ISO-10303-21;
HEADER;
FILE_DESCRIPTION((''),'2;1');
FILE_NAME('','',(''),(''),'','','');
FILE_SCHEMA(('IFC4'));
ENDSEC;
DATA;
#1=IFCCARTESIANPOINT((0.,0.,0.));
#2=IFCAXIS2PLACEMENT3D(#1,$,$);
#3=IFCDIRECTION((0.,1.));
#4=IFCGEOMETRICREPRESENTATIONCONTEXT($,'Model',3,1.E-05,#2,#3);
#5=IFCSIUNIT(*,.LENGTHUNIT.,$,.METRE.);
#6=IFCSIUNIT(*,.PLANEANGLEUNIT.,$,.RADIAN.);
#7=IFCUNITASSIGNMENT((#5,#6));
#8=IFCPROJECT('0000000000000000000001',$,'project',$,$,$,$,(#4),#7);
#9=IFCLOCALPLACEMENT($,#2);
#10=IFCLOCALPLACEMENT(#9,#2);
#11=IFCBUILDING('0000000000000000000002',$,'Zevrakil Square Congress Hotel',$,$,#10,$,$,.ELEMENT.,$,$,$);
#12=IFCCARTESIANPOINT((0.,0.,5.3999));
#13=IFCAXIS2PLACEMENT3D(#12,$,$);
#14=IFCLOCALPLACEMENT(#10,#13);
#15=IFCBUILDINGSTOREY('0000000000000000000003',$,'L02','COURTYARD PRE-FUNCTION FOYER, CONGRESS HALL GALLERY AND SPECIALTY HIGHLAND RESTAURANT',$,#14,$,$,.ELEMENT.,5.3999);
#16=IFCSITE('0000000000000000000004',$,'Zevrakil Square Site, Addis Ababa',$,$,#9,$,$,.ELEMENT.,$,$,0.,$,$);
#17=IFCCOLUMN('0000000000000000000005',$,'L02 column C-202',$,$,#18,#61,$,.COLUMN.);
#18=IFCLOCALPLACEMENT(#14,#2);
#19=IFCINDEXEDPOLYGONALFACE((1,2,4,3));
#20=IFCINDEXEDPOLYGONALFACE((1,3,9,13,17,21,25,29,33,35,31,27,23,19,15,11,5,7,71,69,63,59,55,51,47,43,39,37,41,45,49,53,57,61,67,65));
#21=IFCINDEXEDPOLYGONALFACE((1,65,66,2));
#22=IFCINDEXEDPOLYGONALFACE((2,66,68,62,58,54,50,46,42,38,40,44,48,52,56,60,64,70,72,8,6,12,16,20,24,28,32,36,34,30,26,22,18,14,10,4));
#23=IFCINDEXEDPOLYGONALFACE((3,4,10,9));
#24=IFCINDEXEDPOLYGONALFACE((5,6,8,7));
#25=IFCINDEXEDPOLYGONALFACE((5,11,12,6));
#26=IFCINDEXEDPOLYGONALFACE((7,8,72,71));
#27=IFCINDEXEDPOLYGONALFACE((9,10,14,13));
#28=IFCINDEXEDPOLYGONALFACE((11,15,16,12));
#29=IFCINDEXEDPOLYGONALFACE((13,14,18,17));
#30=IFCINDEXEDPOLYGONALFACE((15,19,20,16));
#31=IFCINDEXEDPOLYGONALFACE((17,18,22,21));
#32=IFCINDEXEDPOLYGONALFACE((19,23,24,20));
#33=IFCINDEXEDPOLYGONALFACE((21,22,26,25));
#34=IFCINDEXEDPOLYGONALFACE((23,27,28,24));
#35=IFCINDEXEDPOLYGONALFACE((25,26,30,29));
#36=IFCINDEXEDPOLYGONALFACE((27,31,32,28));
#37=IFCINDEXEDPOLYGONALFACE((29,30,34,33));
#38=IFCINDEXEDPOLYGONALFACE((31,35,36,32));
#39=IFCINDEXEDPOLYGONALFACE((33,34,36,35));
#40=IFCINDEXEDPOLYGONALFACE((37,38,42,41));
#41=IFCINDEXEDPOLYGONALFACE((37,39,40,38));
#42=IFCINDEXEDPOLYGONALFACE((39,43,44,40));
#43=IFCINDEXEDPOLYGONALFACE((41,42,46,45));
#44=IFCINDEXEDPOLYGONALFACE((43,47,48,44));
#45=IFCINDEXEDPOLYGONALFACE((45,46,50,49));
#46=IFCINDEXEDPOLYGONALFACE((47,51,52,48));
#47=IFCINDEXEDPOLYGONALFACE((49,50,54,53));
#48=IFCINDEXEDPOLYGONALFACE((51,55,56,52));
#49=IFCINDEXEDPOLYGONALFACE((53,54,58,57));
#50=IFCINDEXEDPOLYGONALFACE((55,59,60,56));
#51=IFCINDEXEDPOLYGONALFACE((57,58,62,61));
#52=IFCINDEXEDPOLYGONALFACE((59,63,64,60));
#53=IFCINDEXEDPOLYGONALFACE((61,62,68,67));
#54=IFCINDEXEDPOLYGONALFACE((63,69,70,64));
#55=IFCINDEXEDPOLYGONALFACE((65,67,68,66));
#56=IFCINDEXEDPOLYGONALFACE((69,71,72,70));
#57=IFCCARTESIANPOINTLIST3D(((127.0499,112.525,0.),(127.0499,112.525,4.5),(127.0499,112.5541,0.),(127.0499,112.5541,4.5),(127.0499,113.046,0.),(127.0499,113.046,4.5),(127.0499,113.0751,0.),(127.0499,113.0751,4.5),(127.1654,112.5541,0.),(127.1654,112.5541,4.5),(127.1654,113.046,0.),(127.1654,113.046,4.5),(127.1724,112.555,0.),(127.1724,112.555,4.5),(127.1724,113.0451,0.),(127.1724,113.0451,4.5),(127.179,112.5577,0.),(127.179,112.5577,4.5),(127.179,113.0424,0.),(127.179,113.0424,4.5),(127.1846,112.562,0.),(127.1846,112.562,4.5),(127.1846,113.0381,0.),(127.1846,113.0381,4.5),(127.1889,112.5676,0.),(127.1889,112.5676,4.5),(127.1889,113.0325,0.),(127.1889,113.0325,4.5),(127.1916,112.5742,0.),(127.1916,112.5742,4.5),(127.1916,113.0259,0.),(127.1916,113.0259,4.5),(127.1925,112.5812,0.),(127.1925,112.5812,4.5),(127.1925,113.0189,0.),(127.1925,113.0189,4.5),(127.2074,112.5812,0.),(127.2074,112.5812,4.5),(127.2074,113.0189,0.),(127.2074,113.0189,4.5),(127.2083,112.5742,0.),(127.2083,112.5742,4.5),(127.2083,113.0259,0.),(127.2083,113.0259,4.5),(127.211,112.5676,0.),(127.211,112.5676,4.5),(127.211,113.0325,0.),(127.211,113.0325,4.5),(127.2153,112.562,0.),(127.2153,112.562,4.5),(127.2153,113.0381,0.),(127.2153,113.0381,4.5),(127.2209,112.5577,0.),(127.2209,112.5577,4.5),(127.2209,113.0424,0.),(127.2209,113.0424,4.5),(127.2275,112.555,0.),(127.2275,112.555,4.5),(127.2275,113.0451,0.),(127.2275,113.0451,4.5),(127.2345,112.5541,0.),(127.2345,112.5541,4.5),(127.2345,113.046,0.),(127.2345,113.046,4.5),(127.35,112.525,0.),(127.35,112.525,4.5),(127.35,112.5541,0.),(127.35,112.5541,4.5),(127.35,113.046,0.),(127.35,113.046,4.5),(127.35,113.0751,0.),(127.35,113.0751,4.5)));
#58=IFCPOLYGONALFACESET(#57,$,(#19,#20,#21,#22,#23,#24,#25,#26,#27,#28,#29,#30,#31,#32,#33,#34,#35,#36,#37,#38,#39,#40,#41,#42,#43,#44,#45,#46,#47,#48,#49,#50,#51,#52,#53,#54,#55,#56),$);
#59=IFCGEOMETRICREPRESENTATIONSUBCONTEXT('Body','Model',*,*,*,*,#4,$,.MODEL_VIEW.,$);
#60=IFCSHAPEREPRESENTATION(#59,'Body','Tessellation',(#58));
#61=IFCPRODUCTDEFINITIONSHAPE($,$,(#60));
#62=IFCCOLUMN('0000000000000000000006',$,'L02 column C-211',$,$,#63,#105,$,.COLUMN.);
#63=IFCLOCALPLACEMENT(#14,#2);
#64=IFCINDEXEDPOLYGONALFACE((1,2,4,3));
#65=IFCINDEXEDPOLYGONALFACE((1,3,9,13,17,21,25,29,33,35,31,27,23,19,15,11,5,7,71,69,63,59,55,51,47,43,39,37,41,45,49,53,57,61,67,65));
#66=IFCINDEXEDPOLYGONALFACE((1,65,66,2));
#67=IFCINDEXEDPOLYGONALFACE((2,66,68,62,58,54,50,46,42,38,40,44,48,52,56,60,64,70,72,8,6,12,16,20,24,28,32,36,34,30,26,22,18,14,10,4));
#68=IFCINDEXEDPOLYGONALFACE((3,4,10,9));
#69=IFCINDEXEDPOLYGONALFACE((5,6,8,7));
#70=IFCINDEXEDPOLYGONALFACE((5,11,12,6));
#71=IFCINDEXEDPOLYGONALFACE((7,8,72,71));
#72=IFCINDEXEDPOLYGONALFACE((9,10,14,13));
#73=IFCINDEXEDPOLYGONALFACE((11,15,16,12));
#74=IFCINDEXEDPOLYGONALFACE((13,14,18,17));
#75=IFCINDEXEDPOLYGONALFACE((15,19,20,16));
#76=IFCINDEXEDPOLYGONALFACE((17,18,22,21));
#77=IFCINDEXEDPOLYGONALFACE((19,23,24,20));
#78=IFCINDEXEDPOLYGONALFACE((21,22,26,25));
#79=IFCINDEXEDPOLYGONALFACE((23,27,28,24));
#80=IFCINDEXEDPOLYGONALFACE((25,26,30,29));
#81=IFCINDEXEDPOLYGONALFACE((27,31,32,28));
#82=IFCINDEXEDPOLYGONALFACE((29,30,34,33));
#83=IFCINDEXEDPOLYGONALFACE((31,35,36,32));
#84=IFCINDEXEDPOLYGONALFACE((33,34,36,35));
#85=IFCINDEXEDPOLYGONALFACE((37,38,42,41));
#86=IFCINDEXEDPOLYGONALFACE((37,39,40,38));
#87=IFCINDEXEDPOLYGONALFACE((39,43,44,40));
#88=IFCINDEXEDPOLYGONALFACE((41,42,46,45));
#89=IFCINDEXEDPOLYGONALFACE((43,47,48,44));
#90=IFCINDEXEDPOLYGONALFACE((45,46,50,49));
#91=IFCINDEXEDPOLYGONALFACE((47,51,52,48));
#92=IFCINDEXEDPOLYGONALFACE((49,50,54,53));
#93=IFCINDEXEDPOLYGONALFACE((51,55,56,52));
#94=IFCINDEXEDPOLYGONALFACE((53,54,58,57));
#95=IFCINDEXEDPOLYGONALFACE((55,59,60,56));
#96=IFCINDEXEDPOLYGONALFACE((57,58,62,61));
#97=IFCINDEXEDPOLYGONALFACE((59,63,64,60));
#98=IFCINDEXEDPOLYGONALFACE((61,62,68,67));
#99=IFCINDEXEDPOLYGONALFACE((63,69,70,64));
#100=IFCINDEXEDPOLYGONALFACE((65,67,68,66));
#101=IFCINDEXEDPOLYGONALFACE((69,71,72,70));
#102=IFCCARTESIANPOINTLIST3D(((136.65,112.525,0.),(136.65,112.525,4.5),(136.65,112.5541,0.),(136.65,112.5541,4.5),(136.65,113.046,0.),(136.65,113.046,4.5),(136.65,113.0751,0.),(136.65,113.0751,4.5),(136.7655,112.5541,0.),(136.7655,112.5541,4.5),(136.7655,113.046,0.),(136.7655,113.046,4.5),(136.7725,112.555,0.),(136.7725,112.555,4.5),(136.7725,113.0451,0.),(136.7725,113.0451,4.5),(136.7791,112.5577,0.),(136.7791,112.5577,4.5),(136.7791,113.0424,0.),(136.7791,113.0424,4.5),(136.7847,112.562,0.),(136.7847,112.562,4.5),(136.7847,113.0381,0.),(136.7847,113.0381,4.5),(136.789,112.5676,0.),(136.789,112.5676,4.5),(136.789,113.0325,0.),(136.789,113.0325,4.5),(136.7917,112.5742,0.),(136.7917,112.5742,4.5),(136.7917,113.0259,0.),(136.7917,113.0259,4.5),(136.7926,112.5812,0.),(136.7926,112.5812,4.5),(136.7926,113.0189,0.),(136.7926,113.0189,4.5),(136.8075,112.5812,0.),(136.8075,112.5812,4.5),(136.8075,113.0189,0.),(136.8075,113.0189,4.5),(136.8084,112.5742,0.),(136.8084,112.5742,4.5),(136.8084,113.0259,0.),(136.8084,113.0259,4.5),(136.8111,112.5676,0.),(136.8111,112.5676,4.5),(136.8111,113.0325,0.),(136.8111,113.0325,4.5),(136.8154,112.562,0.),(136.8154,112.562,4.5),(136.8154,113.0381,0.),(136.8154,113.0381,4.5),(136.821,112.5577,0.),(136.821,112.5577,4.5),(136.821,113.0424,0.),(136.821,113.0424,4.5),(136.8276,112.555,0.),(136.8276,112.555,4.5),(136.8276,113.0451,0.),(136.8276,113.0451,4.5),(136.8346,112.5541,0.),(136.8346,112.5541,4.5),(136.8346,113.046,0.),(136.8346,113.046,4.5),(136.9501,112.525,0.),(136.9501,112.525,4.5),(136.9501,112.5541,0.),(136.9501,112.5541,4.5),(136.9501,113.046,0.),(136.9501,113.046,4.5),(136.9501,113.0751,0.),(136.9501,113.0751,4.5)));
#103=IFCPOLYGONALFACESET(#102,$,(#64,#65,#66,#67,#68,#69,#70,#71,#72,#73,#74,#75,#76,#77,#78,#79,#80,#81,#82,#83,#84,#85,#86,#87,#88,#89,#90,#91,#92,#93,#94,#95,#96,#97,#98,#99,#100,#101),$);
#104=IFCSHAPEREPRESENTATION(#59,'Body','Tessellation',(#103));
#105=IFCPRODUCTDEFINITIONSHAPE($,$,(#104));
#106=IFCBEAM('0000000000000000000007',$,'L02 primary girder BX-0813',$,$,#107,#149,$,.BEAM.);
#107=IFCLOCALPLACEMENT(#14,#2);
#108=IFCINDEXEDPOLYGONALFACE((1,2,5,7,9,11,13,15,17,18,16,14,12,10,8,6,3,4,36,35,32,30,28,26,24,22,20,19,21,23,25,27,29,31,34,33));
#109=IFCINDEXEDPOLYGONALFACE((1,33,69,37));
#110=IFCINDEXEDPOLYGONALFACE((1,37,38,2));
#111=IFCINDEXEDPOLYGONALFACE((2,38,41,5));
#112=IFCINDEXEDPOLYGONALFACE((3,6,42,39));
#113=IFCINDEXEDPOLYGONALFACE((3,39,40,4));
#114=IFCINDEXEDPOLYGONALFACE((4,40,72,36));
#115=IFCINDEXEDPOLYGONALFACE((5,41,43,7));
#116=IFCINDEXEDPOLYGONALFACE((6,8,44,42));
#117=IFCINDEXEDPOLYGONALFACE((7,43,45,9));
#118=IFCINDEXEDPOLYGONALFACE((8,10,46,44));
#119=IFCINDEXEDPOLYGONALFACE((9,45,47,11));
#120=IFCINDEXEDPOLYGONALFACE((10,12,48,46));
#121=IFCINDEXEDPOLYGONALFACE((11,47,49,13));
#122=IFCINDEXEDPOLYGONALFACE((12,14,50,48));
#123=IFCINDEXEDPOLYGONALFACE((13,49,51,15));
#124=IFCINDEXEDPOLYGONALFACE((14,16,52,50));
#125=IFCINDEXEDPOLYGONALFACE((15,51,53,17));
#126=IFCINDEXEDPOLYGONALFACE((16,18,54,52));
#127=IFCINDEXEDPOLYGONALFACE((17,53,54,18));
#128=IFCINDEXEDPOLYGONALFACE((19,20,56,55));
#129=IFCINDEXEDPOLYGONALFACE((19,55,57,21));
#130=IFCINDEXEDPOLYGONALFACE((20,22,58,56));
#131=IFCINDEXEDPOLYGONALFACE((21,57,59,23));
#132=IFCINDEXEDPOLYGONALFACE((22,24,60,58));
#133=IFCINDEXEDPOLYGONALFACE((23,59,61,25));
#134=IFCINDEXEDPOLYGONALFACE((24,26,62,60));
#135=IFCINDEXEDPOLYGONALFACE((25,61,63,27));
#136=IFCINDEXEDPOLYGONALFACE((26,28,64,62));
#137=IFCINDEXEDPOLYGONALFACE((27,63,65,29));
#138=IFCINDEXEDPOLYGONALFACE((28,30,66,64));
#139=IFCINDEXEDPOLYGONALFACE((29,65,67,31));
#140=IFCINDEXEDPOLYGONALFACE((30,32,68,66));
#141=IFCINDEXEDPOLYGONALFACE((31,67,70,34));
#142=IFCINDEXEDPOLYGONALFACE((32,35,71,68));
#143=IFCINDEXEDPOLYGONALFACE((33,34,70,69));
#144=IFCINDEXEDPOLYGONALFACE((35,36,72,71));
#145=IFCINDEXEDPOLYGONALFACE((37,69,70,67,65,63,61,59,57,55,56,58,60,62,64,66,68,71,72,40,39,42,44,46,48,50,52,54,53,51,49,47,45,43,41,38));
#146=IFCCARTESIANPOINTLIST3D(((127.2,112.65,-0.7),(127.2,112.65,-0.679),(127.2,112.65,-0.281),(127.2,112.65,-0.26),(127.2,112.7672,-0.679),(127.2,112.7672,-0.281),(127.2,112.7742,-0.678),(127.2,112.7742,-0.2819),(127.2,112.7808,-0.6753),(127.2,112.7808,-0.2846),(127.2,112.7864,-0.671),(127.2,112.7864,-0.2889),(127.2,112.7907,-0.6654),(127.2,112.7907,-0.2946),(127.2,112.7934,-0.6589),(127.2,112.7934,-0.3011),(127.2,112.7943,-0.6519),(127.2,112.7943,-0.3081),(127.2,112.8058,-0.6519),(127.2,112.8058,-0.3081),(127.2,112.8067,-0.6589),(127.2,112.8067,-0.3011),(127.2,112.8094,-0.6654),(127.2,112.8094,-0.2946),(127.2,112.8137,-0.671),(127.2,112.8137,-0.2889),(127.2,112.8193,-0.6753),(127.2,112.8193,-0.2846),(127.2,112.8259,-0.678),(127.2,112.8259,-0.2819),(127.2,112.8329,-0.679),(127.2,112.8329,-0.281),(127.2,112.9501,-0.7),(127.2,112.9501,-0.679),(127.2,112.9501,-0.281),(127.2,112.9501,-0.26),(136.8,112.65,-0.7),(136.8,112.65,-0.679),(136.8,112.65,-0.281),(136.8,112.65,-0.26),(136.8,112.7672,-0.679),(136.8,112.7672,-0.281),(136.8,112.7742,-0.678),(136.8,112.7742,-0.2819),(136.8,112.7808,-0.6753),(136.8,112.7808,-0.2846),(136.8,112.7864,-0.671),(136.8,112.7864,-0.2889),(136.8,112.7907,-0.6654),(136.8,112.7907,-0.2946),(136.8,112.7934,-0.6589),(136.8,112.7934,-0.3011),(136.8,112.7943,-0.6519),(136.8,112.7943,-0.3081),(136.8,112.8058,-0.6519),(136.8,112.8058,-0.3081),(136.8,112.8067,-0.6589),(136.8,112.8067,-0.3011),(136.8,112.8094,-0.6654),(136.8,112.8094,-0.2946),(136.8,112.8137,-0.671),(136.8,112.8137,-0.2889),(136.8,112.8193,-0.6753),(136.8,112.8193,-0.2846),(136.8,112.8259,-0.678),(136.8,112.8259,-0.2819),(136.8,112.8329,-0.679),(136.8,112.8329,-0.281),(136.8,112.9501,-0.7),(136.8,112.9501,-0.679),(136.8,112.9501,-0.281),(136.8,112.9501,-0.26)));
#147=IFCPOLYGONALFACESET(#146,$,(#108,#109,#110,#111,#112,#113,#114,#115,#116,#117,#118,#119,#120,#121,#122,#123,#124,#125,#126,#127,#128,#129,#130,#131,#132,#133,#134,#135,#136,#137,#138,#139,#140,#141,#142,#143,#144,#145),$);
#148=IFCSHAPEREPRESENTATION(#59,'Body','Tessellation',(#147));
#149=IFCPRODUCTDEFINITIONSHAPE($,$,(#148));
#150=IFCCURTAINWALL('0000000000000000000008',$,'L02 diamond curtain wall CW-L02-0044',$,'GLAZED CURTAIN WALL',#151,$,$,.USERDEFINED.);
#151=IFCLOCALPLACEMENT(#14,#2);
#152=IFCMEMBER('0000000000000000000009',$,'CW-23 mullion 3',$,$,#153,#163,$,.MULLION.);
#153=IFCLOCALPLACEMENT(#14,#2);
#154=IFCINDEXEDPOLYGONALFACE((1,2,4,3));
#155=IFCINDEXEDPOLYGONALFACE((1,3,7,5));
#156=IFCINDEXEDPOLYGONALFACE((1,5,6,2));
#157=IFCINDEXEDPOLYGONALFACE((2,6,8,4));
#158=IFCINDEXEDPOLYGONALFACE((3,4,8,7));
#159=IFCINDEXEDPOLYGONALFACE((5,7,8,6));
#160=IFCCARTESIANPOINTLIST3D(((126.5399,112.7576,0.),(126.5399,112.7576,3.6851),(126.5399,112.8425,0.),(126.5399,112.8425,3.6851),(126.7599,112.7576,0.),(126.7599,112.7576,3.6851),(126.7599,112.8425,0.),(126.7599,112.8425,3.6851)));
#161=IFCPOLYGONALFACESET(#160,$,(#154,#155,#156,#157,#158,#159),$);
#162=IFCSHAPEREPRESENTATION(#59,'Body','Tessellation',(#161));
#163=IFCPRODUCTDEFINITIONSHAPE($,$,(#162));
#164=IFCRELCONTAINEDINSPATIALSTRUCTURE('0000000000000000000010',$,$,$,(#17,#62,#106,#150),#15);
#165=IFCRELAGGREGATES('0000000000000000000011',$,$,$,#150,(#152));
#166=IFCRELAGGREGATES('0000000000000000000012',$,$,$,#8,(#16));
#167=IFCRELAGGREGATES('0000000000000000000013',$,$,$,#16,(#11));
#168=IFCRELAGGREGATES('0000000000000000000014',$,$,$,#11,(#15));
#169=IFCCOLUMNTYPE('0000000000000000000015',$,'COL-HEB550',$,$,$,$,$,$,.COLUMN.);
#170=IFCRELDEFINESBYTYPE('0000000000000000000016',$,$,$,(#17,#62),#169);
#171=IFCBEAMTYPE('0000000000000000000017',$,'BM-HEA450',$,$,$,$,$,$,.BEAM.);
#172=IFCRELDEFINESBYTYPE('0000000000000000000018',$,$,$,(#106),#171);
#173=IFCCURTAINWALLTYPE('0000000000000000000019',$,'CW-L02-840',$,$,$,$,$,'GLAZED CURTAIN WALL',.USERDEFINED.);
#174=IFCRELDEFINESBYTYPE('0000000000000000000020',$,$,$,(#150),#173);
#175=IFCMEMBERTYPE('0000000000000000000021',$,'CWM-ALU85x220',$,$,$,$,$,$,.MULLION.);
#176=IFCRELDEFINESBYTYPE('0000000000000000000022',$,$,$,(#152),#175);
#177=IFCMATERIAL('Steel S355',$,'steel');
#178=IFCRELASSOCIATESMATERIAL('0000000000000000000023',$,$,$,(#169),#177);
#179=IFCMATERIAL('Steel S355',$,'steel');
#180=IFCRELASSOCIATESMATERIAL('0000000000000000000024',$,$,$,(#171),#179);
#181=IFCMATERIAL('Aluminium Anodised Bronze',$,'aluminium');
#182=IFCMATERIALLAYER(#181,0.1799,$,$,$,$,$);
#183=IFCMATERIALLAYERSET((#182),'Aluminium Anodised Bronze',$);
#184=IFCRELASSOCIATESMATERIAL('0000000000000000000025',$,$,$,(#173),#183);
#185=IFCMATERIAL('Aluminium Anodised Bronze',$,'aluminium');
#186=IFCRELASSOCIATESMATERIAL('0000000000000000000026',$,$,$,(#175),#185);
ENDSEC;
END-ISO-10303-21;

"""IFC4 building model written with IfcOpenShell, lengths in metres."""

from ifc_helpers import new_model, si_unit, direction, frame, origin, origin_2d, place, context, subcontext, project, spatial, rectangle, i_section, extrude, material, layer, layer_set, material_profile, profile_set, type_object, element, aggregate, save


model = new_model("IFC4")

# Units and contexts
model_context = context("Model", 3, precision=1e-05, world=origin(), true_north=direction((0.0, 1.0)))
body_context = subcontext(model_context, "Body", "Model", "MODEL_VIEW")
ifc_project = project(units=[si_unit("LENGTHUNIT", "METRE"), si_unit("PLANEANGLEUNIT", "RADIAN")], contexts=[model_context])

# Site, building, storey
site_placement = place(None, origin())
site = spatial("IfcSite", under=ifc_project, at=site_placement, Name="Zevrakil Square Site, Addis Ababa", CompositionType="ELEMENT", RefElevation=0.0)
building_placement = place(site_placement, origin())
building = spatial("IfcBuilding", under=site, at=building_placement, Name="Zevrakil Square Congress Hotel", CompositionType="ELEMENT")
storey_placement = place(building_placement, frame((0.0, 0.0, 5.3999)))
storey = spatial("IfcBuildingStorey", under=building, at=storey_placement, Name="L02", Description="COURTYARD PRE-FUNCTION FOYER, CONGRESS HALL GALLERY AND SPECIALTY HIGHLAND RESTAURANT", CompositionType="ELEMENT", Elevation=5.3999)

# Columns
ifc_material_1 = material(Name="Steel S355", Category="steel")
ifc_material_profile_1 = material_profile(ifc_material_1, i_section(OverallWidth=0.3, OverallDepth=0.55, WebThickness=0.0149, FlangeThickness=0.0291, FilletRadius=0.0271, at=origin_2d()), Name="HEB 550")
ifc_profile_set_1 = profile_set([ifc_material_profile_1], Name="Steel S355")
column_type = type_object("IfcColumnType", Name="COL-HEB550", PredefinedType="COLUMN", material=ifc_profile_set_1)
for number, where, z_axis, x_axis, name in (
    (1, (127.2, 112.8, 0.0), (0.0, 0.0, 1.0), (1.0, 0.0, 0.0), "L02 column C-202"),
    (2, (136.8, 112.8, 0.0), (0.0, 0.0, 1.0), (1.0, 0.0, 0.0), "L02 column C-211"),
):
    element("IfcColumn", number, at=place(storey_placement, frame(where, z_axis=z_axis, x_axis=x_axis)), inside=storey, type_object=column_type, Name=name, PredefinedType="COLUMN", context=body_context, shape_type="SweptSolid", body=[
        extrude(i_section(OverallWidth=0.3, OverallDepth=0.55, WebThickness=0.0149, FlangeThickness=0.0291, FilletRadius=0.0271, at=origin_2d()), origin(), (0.0, 0.0, 1.0), 4.5),
    ])

# Beam
ifc_material_2 = material(Name="Steel S355", Category="steel")
ifc_material_profile_2 = material_profile(ifc_material_2, i_section(OverallWidth=0.3, OverallDepth=0.4399, WebThickness=0.0115, FlangeThickness=0.021, FilletRadius=0.0271, at=origin_2d()), Name="HEA 450")
ifc_profile_set_2 = profile_set([ifc_material_profile_2], Name="Steel S355")
beam_type = type_object("IfcBeamType", Name="BM-HEA450", PredefinedType="BEAM", material=ifc_profile_set_2)
beam_placement = place(storey_placement, frame((127.2, 112.8, -0.48), z_axis=(1.0, 0.0, 0.0), x_axis=(0.0, 1.0, 0.0)))
element("IfcBeam", 3, at=beam_placement, inside=storey, type_object=beam_type, Name="L02 primary girder BX-0813", PredefinedType="BEAM", context=body_context, shape_type="SweptSolid", body=[
    extrude(i_section(OverallWidth=0.3, OverallDepth=0.4399, WebThickness=0.0115, FlangeThickness=0.021, FilletRadius=0.0271, at=origin_2d()), origin(), (0.0, 0.0, 1.0), 9.6001),
])

# Curtain wall, member
ifc_material_3 = material(Name="Aluminium Anodised Bronze", Category="aluminium")
ifc_layer_1 = layer(ifc_material_3, 0.1799)
ifc_layer_set_1 = layer_set([ifc_layer_1], Name="Aluminium Anodised Bronze")
curtain_wall_type = type_object("IfcCurtainWallType", Name="CW-L02-840", ElementType="GLAZED CURTAIN WALL", PredefinedType="USERDEFINED", material=ifc_layer_set_1)
curtain_wall_placement = place(storey_placement, origin())
curtain_wall = element("IfcCurtainWall", 4, at=curtain_wall_placement, inside=storey, type_object=curtain_wall_type, Name="L02 diamond curtain wall CW-L02-0044", ObjectType="GLAZED CURTAIN WALL", PredefinedType="USERDEFINED")
ifc_material_4 = material(Name="Aluminium Anodised Bronze", Category="aluminium")
ifc_material_profile_3 = material_profile(ifc_material_4, rectangle(XDim=0.085, YDim=0.22, at=origin_2d()), Name="ALU 85x220")
ifc_profile_set_3 = profile_set([ifc_material_profile_3], Name="Aluminium Anodised Bronze")
member_type = type_object("IfcMemberType", Name="CWM-ALU85x220", PredefinedType="MULLION", material=ifc_profile_set_3)
member_placement = place(storey_placement, frame((126.6499, 112.8, 0.0), z_axis=(0.0, 0.0, 1.0), x_axis=(0.0, 1.0, 0.0)))
member = element("IfcMember", 5, at=member_placement, type_object=member_type, Name="CW-23 mullion 3", PredefinedType="MULLION", context=body_context, shape_type="SweptSolid", body=[
    extrude(rectangle(XDim=0.085, YDim=0.22, at=origin_2d()), origin(), (0.0, 0.0, 1.0), 3.6851),
])
aggregate(curtain_wall, [member])

save(model, "model.ifc")
